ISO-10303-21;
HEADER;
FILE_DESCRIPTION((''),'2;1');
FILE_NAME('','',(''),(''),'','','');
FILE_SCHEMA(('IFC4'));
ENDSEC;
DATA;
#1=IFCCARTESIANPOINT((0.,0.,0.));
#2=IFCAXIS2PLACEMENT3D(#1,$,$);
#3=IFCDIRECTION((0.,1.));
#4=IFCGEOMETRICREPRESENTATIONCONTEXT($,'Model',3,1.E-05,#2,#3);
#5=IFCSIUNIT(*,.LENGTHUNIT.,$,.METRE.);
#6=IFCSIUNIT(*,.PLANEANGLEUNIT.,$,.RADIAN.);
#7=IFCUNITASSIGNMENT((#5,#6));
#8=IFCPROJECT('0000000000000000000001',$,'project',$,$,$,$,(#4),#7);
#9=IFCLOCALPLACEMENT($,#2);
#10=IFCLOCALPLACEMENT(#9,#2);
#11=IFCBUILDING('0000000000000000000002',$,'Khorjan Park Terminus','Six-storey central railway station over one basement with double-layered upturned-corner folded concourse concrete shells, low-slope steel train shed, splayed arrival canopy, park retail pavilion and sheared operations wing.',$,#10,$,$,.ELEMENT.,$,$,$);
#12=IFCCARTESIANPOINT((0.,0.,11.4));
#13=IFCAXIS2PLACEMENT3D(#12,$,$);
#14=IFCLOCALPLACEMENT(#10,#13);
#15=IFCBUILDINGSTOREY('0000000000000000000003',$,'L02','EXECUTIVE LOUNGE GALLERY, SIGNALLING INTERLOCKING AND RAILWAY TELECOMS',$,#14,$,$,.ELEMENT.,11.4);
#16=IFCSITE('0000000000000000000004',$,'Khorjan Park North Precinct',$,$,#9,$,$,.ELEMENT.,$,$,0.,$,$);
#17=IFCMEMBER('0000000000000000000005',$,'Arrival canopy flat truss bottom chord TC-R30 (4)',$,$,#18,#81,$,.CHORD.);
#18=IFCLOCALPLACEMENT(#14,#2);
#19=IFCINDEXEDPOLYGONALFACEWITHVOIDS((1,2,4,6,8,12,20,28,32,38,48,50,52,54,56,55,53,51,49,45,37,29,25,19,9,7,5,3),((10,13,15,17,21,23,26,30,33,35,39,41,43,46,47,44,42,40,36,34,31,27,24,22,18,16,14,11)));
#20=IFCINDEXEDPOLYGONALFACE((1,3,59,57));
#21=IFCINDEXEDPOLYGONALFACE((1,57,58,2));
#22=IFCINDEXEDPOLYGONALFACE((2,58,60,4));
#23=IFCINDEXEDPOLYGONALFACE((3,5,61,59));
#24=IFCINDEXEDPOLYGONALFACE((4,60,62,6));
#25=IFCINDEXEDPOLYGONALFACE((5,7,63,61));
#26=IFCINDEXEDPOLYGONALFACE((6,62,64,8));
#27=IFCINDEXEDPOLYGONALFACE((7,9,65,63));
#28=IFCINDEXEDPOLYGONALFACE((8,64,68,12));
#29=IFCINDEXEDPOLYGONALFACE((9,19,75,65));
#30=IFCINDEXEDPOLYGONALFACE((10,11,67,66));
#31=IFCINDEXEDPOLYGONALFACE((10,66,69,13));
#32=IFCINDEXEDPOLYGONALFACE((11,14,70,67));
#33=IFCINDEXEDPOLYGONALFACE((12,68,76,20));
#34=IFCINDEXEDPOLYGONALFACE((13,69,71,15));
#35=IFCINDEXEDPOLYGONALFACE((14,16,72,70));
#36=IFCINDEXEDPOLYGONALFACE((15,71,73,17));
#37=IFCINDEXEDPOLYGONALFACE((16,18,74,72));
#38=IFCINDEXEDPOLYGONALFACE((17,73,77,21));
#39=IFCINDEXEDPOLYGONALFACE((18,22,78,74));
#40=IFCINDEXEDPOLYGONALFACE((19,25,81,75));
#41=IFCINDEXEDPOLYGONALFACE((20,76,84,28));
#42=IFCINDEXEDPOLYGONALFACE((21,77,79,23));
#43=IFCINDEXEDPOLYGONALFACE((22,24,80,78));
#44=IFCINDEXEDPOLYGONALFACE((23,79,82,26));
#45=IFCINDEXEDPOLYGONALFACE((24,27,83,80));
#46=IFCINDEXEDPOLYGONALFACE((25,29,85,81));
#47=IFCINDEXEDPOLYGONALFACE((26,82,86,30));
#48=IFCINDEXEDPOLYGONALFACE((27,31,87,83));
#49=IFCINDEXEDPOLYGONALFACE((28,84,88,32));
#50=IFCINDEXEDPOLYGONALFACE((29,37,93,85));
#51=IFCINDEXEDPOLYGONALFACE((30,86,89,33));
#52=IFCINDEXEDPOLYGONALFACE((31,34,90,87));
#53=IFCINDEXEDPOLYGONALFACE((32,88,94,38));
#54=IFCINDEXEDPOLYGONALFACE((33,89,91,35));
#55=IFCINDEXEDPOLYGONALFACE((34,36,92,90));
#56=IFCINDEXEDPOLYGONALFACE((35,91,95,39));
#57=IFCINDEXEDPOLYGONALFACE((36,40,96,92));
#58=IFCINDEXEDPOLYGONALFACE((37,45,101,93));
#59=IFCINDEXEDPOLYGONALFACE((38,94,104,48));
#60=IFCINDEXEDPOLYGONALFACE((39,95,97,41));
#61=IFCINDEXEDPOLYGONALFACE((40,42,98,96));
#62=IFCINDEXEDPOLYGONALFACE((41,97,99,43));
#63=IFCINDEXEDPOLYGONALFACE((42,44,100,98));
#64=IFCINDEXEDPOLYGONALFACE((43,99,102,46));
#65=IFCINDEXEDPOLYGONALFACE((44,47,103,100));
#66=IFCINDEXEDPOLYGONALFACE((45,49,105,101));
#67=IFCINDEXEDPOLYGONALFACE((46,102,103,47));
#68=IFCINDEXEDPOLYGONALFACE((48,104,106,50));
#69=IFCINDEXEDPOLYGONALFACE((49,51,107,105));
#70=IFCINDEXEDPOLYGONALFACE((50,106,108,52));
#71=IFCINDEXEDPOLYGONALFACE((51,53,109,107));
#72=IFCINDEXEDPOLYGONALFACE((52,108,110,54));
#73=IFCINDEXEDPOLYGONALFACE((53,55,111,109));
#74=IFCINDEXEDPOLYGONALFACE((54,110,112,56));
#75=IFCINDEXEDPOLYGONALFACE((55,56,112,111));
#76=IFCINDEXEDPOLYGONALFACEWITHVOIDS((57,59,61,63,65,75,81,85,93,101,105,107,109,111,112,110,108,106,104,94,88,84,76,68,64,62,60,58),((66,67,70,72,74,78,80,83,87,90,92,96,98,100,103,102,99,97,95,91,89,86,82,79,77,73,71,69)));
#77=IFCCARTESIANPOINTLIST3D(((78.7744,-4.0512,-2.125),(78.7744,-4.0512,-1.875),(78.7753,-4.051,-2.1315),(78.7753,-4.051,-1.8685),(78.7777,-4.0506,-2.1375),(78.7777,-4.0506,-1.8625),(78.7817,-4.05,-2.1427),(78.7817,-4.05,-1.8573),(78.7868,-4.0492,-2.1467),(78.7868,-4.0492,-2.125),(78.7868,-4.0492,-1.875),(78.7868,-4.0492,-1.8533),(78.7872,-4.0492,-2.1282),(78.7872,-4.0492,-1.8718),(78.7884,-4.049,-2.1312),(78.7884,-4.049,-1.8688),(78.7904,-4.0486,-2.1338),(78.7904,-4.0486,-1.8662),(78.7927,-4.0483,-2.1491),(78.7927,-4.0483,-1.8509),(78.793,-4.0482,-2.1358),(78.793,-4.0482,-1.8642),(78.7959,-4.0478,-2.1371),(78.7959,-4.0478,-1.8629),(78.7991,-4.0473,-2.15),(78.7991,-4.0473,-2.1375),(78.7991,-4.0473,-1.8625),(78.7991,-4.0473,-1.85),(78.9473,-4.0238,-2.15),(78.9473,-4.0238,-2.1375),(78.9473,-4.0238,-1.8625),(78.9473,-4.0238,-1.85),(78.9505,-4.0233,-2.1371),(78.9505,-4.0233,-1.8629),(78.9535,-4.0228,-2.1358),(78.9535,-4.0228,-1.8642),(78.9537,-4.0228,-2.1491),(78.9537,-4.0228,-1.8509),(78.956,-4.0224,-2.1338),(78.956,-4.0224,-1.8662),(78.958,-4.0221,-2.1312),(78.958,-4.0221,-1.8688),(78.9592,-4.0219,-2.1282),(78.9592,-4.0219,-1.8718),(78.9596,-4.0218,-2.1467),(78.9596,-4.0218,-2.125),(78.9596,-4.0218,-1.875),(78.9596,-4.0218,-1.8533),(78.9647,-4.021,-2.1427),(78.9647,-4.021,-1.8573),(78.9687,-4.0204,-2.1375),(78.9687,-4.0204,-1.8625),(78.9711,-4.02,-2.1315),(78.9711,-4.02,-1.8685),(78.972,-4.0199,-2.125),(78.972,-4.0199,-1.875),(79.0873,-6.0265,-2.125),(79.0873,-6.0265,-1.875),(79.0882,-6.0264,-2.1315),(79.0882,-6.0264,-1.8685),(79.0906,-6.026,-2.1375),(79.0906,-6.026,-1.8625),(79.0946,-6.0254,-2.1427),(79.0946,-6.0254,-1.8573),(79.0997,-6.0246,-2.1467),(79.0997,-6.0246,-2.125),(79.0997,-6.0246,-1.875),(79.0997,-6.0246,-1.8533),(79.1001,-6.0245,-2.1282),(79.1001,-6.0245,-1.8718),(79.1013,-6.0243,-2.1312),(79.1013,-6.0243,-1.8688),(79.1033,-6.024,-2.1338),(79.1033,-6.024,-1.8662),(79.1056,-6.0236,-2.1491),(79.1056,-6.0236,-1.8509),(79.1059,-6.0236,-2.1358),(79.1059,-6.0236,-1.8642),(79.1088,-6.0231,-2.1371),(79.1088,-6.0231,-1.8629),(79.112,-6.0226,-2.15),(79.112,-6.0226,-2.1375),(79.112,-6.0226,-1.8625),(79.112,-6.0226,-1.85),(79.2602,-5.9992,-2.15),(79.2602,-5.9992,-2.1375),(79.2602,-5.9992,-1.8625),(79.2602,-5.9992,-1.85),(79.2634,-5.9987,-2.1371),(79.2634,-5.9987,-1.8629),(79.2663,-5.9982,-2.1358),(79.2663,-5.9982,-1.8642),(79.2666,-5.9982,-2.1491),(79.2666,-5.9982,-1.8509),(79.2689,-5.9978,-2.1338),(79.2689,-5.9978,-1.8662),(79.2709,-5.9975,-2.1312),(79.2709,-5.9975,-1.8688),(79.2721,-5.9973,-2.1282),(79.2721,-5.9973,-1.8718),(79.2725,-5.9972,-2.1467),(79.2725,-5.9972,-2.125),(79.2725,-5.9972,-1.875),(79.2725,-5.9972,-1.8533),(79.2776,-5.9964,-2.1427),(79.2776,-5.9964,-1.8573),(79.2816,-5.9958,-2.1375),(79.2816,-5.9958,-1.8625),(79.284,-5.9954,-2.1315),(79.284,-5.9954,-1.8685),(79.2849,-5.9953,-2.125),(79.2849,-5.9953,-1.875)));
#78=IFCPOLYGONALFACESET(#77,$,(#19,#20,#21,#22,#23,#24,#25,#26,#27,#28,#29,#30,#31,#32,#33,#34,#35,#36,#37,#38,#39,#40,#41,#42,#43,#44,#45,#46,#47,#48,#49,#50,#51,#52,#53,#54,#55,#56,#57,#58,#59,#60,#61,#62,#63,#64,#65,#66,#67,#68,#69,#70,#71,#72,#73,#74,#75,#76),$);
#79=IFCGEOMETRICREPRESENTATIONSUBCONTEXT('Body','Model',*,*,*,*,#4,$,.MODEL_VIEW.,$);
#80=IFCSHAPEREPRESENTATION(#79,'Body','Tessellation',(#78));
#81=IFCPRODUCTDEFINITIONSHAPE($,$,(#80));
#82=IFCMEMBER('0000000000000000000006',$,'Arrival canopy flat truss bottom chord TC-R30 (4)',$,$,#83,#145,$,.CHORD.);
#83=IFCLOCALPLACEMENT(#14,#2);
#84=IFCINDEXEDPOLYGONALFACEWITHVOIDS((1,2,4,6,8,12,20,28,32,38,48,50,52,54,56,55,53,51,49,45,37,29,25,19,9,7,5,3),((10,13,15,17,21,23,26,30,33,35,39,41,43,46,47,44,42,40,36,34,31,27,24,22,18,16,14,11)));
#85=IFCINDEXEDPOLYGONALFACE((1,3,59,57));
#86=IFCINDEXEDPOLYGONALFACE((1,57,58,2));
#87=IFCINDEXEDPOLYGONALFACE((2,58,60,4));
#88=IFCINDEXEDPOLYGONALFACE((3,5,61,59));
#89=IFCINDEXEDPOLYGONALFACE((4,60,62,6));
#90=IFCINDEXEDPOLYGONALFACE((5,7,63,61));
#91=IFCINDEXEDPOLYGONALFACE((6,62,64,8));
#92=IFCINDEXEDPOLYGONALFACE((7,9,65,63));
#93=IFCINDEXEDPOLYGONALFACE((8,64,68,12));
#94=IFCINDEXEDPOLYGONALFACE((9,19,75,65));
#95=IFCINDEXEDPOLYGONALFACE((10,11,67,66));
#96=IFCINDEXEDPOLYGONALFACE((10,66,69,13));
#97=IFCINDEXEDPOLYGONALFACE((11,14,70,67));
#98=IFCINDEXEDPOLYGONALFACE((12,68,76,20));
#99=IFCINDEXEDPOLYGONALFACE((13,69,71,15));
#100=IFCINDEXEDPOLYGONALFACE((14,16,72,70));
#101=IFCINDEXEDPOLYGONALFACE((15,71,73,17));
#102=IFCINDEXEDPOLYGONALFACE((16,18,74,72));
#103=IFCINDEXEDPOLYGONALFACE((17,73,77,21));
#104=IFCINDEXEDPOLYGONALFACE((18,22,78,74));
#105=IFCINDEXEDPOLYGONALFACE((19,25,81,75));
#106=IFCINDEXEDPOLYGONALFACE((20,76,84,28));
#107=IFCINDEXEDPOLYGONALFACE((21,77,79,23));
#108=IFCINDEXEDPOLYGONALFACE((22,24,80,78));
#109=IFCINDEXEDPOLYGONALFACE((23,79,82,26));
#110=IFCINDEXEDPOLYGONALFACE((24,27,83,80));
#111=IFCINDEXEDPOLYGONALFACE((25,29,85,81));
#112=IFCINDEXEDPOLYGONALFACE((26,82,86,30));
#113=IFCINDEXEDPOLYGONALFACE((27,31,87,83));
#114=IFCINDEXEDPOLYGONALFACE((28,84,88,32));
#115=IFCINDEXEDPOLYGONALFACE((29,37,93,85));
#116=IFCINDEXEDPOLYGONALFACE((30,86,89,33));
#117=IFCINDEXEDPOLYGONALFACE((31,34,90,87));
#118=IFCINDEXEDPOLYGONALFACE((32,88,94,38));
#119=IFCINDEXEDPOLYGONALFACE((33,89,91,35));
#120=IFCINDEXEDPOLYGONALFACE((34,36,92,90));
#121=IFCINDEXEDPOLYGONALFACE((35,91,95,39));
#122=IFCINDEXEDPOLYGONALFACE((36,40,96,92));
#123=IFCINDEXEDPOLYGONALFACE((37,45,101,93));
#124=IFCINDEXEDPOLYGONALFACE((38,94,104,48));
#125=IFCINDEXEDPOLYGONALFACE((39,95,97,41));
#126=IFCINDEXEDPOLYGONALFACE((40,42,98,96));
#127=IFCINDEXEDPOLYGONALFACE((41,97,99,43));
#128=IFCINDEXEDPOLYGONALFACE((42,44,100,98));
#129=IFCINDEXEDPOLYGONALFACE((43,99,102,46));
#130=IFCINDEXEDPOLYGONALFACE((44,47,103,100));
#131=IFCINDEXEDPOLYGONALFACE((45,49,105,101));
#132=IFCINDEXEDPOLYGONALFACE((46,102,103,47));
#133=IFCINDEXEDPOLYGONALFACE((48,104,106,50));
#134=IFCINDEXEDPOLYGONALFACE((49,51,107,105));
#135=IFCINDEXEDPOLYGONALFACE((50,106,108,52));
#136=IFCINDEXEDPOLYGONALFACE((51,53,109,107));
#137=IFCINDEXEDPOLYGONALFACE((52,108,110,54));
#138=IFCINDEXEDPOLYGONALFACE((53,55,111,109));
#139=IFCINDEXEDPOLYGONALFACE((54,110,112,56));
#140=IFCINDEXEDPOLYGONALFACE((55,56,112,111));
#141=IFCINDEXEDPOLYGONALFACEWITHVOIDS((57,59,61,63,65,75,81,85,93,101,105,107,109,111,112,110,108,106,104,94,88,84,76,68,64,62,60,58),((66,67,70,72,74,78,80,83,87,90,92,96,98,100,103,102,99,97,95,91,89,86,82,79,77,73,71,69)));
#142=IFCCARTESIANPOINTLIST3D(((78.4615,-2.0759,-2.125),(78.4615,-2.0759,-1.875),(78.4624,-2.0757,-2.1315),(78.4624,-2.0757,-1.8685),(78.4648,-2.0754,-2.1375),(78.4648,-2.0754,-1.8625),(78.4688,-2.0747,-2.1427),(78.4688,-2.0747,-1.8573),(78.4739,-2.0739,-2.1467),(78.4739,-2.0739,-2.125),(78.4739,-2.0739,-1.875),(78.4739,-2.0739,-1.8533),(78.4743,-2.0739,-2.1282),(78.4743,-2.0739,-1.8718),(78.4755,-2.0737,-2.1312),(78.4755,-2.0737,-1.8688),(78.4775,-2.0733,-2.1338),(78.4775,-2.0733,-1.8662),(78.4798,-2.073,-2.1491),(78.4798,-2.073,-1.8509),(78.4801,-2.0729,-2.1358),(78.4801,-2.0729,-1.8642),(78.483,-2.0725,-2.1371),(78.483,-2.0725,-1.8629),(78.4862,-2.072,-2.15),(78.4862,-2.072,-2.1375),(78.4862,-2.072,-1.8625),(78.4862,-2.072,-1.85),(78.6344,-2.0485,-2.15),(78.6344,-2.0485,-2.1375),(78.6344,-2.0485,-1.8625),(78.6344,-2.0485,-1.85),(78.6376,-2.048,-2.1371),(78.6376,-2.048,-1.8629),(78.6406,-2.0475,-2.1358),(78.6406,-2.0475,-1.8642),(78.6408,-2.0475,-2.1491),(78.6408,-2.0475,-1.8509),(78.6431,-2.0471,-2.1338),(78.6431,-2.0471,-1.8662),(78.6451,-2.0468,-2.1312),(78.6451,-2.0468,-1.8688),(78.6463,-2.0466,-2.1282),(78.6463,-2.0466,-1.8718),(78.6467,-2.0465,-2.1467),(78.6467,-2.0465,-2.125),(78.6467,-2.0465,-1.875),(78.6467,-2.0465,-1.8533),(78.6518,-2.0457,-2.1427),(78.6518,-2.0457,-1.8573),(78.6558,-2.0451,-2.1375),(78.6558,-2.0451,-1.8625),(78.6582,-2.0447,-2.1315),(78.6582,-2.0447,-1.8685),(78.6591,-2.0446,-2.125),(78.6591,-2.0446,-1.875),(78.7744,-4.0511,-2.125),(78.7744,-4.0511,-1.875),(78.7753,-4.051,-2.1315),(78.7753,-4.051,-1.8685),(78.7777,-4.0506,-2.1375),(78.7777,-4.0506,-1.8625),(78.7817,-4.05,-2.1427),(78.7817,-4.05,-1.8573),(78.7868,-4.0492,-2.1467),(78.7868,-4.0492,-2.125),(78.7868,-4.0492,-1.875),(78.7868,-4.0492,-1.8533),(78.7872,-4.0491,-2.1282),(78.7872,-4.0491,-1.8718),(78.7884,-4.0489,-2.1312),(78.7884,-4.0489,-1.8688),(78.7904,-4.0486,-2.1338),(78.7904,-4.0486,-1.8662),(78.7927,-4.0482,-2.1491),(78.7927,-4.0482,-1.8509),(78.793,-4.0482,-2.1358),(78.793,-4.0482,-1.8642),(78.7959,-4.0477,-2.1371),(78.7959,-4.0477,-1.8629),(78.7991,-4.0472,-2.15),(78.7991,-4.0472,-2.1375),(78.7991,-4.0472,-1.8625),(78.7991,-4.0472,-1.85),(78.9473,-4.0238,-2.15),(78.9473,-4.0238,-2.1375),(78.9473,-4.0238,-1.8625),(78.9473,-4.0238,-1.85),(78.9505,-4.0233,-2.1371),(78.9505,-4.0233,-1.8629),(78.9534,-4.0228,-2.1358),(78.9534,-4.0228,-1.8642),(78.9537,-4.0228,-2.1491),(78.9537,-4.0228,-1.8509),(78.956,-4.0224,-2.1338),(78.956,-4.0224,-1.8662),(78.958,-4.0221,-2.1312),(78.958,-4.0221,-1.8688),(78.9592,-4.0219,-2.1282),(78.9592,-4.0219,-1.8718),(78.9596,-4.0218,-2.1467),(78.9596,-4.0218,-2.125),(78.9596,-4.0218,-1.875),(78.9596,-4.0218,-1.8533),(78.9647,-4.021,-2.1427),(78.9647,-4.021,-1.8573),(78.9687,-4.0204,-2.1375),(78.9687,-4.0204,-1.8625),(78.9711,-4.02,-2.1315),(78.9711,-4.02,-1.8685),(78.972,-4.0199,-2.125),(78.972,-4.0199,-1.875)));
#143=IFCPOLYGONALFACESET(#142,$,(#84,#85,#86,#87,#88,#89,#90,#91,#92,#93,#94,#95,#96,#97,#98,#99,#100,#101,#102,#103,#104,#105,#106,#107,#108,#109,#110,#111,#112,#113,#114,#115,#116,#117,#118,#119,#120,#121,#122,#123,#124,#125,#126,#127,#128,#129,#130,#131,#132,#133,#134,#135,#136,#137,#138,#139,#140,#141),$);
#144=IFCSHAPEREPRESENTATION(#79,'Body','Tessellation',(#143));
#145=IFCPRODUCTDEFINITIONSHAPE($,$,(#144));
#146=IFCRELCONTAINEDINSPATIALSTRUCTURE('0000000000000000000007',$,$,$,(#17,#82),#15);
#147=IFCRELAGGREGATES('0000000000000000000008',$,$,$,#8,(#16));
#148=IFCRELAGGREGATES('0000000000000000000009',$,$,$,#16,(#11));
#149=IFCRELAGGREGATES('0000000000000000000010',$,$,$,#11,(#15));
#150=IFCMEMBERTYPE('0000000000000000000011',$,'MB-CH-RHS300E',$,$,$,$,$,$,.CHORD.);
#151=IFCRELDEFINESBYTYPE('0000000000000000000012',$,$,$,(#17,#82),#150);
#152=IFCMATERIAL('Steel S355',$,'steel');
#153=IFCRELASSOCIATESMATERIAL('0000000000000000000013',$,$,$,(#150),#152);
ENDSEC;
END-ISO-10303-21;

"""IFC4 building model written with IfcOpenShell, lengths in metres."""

from ifc_helpers import new_model, si_unit, direction, frame, origin, origin_2d, place, context, subcontext, project, spatial, hollow_rectangle, extrude, material, material_profile, profile_set, type_object, element, save


model = new_model("IFC4")

# Units and contexts
model_context = context("Model", 3, precision=1e-05, world=origin(), true_north=direction((0.0, 1.0)))
body_context = subcontext(model_context, "Body", "Model", "MODEL_VIEW")
ifc_project = project(units=[si_unit("LENGTHUNIT", "METRE"), si_unit("PLANEANGLEUNIT", "RADIAN")], contexts=[model_context])

# Site, building, storey
site_placement = place(None, origin())
site = spatial("IfcSite", under=ifc_project, at=site_placement, Name="Khorjan Park North Precinct", CompositionType="ELEMENT", RefElevation=0.0)
building_placement = place(site_placement, origin())
building = spatial("IfcBuilding", under=site, at=building_placement, Name="Khorjan Park Terminus", Description="Six-storey central railway station over one basement with double-layered upturned-corner folded concourse concrete shells, low-slope steel train shed, splayed arrival canopy, park retail pavilion and sheared operations wing.", CompositionType="ELEMENT")
storey_placement = place(building_placement, frame((0.0, 0.0, 11.4)))
storey = spatial("IfcBuildingStorey", under=building, at=storey_placement, Name="L02", Description="EXECUTIVE LOUNGE GALLERY, SIGNALLING INTERLOCKING AND RAILWAY TELECOMS", CompositionType="ELEMENT", Elevation=11.4)

# Members
ifc_material = material(Name="Steel S355", Category="steel")
ifc_material_profile_1 = material_profile(ifc_material, hollow_rectangle(XDim=0.2, YDim=0.3, WallThickness=0.0125, InnerFilletRadius=0.0125, OuterFilletRadius=0.025, at=origin_2d()), Name="RHS 300x200x12.5")
ifc_profile_set_1 = profile_set([ifc_material_profile_1], Name="Steel S355")
member_type_1 = type_object("IfcMemberType", Name="MB-CH-RHS300E", PredefinedType="CHORD", material=ifc_profile_set_1)
for number, where, z_axis, x_axis, name in (
    (1, (79.1861, -6.0109, -2.0), (-0.156448, 0.987686, 0.0), (-0.987686, -0.156448, 0.0), "Arrival canopy flat truss bottom chord TC-R30 (4)"),
):
    element("IfcMember", number, at=place(storey_placement, frame(where, z_axis=z_axis, x_axis=x_axis)), inside=storey, type_object=member_type_1, Name=name, PredefinedType="CHORD", context=body_context, shape_type="SweptSolid", body=[
        extrude(hollow_rectangle(XDim=0.2, YDim=0.3, WallThickness=0.0125, InnerFilletRadius=0.0125, OuterFilletRadius=0.025, at=origin_2d()), origin(), (0.0, 0.0, 1.0), 2.0),
    ])
member_1_placement = place(storey_placement, frame((78.8732, -4.0355, -2.0), z_axis=(-0.156456, 0.987685, 0.0), x_axis=(-0.987685, -0.156456, 0.0)))
element("IfcMember", 2, at=member_1_placement, inside=storey, type_object=member_type_1, Name="Arrival canopy flat truss bottom chord TC-R30 (4)", PredefinedType="CHORD", context=body_context, shape_type="SweptSolid", body=[
    extrude(hollow_rectangle(XDim=0.2, YDim=0.3, WallThickness=0.0125, InnerFilletRadius=0.0125, OuterFilletRadius=0.025, at=origin_2d()), origin(), (0.0, 0.0, 1.0), 1.9999),
])

save(model, "model.ifc")
